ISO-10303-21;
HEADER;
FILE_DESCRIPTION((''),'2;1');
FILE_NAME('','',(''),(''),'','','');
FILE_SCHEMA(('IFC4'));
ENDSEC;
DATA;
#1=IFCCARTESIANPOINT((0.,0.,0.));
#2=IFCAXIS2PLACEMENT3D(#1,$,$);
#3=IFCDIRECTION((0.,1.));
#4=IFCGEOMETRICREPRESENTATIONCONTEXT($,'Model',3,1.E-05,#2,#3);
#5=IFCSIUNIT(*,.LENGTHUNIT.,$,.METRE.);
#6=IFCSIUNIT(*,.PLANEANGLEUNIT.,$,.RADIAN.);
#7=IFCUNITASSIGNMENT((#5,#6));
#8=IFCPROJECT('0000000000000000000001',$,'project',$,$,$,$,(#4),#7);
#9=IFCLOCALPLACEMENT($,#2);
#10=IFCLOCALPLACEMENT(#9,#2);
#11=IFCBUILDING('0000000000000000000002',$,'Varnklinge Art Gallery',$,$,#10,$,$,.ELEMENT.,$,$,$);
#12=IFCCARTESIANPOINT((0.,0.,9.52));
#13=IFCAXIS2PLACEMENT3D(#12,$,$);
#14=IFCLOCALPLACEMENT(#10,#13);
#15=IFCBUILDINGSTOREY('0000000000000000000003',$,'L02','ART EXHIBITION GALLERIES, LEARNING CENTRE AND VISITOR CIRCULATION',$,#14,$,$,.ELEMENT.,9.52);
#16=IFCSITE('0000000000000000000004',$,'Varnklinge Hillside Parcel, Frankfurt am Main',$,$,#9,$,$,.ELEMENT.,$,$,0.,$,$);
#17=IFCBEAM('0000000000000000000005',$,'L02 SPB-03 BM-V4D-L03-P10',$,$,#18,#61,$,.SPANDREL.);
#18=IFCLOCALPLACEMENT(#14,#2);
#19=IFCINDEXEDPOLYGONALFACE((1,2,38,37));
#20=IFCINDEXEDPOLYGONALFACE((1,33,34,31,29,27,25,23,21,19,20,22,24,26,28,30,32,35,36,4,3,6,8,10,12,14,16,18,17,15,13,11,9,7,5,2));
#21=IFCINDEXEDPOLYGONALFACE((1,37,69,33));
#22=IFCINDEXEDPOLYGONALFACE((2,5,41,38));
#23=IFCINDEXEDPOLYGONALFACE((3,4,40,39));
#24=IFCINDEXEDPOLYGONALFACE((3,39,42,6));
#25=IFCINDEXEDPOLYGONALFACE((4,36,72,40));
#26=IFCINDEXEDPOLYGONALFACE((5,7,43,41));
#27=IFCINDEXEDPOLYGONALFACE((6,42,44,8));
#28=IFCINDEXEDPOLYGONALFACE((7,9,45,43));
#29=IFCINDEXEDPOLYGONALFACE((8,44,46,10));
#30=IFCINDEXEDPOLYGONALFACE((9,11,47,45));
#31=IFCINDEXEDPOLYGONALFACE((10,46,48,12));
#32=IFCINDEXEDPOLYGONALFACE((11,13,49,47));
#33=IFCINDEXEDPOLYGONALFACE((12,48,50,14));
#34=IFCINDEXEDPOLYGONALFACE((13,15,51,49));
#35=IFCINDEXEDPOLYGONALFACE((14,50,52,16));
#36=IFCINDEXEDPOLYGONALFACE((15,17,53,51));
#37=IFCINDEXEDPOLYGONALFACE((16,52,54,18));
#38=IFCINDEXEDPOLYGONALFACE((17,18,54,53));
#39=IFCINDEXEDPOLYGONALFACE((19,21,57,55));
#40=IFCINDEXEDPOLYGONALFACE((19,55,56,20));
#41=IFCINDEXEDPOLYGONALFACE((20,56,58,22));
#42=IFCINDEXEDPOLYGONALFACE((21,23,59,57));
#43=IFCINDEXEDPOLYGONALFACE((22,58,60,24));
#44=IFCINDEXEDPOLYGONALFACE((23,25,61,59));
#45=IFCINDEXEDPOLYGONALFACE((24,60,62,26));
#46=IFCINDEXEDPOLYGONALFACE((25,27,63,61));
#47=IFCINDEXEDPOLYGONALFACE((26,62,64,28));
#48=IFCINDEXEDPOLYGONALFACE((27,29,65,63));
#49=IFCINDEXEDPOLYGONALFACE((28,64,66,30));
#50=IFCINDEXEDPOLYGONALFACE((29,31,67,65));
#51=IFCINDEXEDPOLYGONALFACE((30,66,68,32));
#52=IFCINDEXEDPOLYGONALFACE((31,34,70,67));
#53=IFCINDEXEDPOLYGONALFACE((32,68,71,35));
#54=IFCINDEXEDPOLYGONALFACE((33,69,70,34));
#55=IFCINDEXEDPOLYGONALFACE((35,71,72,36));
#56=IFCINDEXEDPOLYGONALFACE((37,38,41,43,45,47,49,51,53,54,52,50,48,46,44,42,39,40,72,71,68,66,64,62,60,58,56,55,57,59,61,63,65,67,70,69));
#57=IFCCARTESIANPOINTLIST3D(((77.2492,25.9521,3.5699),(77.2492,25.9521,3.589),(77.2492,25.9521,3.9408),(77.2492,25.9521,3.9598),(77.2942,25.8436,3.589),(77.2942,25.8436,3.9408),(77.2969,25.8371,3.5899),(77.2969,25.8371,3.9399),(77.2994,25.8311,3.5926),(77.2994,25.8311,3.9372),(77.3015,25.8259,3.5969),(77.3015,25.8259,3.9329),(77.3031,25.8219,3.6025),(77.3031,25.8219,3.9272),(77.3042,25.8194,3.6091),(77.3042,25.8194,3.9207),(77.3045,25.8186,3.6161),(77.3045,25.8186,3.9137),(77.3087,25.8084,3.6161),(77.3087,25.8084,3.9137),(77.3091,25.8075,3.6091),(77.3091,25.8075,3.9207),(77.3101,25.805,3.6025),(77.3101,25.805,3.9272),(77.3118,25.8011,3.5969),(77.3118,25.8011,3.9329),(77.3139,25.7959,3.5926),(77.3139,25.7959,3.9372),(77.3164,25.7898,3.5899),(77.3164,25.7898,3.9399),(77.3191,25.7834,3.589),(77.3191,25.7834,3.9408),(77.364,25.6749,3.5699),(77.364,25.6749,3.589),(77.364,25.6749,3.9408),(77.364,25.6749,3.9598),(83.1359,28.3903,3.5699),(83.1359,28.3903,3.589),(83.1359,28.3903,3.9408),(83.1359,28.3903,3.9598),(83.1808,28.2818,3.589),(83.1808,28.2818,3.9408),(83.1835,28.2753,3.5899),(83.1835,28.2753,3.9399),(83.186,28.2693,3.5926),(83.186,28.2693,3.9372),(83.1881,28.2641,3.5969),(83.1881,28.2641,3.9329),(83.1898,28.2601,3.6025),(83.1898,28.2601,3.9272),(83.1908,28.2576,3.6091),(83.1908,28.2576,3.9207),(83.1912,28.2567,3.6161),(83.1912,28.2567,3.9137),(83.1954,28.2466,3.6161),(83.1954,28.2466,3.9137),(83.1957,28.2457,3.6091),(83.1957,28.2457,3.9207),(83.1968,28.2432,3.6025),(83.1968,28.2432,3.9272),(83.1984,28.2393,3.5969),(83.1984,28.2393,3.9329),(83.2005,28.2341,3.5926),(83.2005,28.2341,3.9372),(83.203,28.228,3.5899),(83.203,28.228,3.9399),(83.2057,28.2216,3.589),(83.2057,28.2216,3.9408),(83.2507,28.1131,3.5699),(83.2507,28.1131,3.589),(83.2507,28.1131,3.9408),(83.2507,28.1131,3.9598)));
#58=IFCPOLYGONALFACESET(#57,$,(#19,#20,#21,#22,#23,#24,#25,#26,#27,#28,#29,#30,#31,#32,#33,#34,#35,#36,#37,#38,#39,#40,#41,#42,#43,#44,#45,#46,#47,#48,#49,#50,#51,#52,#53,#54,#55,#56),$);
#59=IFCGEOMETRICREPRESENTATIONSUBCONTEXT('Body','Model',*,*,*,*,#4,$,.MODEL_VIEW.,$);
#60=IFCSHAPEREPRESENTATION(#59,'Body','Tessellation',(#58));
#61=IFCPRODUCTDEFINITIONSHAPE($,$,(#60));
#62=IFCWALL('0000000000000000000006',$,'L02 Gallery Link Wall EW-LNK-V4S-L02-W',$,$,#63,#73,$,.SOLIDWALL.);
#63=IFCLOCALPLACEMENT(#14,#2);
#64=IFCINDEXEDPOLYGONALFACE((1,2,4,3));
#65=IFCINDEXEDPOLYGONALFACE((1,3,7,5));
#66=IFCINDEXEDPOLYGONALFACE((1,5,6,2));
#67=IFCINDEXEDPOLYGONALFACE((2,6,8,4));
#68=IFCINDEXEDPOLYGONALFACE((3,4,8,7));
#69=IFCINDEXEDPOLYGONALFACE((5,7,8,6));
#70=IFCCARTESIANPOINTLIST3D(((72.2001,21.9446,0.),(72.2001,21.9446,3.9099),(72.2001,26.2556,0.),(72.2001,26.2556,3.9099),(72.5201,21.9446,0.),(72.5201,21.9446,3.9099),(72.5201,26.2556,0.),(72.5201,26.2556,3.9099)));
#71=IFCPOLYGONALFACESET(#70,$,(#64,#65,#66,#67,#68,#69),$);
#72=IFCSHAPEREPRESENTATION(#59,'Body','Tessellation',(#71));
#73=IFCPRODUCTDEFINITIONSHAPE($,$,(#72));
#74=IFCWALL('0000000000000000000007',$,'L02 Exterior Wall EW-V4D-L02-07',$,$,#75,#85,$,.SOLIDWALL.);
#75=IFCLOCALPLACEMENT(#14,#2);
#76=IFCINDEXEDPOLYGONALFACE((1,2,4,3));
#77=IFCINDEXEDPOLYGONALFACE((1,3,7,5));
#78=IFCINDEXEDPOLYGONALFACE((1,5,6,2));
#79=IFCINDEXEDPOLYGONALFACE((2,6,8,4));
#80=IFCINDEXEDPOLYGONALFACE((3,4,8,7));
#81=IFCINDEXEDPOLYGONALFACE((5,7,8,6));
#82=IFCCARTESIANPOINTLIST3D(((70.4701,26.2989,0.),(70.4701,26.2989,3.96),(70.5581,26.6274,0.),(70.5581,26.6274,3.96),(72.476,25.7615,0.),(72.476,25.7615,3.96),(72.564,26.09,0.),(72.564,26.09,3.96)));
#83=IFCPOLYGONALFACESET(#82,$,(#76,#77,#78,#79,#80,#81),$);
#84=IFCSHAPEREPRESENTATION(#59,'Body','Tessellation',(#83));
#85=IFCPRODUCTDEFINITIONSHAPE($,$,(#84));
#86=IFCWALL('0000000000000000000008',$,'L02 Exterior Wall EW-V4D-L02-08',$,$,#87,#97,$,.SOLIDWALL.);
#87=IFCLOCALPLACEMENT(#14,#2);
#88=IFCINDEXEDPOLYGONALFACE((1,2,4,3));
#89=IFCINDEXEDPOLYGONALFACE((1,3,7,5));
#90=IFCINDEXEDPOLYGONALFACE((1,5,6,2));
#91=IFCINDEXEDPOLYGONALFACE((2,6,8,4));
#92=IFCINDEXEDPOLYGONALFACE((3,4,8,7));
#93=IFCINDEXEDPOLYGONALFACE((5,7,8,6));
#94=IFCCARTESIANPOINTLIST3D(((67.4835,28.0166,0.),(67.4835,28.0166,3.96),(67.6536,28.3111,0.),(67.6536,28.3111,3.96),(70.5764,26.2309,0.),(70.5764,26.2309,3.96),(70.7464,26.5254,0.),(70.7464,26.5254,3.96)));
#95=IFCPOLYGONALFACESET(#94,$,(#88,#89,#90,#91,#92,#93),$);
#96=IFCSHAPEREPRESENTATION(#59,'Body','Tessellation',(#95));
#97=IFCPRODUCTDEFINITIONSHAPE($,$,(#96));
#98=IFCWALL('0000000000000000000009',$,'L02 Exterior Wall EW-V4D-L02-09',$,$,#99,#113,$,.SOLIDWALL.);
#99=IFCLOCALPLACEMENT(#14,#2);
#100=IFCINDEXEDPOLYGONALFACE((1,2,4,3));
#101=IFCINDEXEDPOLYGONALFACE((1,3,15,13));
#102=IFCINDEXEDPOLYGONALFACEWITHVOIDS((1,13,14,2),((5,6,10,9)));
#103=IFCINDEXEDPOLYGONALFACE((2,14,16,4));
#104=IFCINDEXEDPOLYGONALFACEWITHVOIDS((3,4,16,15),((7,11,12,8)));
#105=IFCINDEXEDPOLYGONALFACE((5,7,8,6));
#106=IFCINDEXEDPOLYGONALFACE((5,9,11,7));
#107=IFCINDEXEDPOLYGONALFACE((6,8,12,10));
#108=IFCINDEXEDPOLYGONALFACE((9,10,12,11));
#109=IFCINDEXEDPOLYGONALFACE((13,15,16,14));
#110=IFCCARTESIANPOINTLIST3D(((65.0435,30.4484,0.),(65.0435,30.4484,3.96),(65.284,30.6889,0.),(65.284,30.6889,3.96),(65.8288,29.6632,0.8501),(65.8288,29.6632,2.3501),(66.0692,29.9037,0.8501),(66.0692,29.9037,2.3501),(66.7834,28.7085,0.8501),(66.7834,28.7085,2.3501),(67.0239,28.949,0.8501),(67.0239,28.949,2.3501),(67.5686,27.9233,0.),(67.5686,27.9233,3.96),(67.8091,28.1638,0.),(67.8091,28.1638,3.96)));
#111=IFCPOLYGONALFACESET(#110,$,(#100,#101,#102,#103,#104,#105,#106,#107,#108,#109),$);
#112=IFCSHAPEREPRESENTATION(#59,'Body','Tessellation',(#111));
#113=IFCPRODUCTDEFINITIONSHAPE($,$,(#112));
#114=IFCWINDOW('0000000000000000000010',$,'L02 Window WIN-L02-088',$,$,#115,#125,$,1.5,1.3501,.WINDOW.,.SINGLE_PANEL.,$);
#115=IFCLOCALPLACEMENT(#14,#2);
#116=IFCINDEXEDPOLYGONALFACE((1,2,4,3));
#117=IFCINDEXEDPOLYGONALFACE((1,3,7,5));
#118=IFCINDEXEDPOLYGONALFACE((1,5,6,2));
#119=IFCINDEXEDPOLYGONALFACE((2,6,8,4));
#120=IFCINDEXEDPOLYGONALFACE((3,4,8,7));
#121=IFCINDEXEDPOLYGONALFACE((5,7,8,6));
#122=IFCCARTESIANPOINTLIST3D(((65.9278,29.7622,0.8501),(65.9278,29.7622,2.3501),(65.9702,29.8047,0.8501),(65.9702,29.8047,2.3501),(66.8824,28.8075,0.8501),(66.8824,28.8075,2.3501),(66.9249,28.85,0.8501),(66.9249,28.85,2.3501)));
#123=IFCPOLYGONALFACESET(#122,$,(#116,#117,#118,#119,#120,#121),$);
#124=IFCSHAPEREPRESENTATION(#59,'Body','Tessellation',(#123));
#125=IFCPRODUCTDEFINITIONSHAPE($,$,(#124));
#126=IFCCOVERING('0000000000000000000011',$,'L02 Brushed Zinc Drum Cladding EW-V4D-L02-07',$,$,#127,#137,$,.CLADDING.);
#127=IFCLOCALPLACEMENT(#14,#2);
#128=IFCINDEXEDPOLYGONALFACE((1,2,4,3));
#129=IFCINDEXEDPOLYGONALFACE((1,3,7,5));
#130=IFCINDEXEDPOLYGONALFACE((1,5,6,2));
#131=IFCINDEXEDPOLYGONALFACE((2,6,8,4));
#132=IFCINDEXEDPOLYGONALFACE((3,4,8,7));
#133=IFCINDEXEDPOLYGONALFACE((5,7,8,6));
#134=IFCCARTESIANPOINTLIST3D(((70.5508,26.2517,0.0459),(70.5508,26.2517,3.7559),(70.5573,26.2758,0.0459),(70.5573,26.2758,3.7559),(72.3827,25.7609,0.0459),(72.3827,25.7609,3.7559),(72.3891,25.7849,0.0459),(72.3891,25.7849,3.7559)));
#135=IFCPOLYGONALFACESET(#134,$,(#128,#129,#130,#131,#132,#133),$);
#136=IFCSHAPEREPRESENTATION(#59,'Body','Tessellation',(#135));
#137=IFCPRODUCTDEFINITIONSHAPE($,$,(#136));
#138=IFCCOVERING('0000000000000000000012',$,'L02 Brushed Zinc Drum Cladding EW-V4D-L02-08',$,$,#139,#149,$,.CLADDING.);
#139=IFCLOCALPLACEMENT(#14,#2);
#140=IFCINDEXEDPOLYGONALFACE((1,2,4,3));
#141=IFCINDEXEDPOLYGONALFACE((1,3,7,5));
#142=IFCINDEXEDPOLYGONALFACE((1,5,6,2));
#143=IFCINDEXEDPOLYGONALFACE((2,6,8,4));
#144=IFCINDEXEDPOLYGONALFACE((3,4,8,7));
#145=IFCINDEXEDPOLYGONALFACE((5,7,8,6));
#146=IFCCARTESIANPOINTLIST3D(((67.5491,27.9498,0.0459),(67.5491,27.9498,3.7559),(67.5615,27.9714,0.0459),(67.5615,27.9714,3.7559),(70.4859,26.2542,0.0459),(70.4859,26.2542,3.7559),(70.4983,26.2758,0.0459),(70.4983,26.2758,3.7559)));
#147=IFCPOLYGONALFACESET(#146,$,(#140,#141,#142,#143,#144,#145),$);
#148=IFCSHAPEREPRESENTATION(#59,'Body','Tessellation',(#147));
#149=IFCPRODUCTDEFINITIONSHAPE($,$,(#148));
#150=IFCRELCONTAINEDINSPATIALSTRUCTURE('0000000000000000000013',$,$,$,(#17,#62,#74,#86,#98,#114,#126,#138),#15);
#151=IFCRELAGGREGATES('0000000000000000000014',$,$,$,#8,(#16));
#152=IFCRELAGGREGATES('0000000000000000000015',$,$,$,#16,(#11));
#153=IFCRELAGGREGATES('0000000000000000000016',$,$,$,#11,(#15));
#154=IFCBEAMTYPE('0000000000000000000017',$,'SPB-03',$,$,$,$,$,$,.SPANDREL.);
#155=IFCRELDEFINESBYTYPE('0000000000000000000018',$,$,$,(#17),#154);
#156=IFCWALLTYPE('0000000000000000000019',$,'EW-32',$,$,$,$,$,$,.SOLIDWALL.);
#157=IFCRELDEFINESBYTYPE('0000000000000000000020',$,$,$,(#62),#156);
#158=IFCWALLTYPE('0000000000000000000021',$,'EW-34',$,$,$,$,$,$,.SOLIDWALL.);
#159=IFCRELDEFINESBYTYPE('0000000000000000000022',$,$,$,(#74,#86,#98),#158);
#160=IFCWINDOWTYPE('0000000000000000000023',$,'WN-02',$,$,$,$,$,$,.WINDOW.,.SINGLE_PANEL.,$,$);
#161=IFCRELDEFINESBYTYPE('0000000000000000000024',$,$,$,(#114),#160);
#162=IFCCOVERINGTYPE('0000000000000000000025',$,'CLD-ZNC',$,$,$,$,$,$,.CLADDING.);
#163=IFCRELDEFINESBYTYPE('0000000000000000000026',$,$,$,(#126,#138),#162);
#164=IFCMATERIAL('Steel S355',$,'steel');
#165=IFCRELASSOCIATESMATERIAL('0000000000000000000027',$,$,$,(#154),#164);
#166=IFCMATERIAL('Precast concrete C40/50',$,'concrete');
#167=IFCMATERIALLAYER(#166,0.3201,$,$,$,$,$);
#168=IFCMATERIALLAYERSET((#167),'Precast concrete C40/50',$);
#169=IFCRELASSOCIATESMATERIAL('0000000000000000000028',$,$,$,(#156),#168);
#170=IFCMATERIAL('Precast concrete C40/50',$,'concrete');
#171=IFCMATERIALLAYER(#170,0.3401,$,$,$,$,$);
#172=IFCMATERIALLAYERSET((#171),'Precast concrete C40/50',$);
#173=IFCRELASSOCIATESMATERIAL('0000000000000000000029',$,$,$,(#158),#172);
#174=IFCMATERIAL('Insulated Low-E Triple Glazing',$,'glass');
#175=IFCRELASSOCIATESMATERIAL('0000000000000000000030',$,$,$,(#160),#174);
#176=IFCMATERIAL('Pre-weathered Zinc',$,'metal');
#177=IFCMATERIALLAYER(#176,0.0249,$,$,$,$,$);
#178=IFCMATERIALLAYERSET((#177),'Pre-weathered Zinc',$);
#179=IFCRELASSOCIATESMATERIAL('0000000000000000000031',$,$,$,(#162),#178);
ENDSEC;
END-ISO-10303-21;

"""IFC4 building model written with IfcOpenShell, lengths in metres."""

from ifc_helpers import new_model, si_unit, direction, frame, frame_2d, origin, origin_2d, place, context, subcontext, project, spatial, rectangle, i_section, extrude, material, layer, layer_set, material_profile, profile_set, type_object, element, fill, save


model = new_model("IFC4")

# Units and contexts
model_context = context("Model", 3, precision=1e-05, world=origin(), true_north=direction((0.0, 1.0)))
body_context = subcontext(model_context, "Body", "Model", "MODEL_VIEW")
ifc_project = project(units=[si_unit("LENGTHUNIT", "METRE"), si_unit("PLANEANGLEUNIT", "RADIAN")], contexts=[model_context])

# Site, building, storey
site_placement = place(None, origin())
site = spatial("IfcSite", under=ifc_project, at=site_placement, Name="Varnklinge Hillside Parcel, Frankfurt am Main", CompositionType="ELEMENT", RefElevation=0.0)
building_placement = place(site_placement, origin())
building = spatial("IfcBuilding", under=site, at=building_placement, Name="Varnklinge Art Gallery", CompositionType="ELEMENT")
storey_placement = place(building_placement, frame((0.0, 0.0, 9.52)))
storey = spatial("IfcBuildingStorey", under=building, at=storey_placement, Name="L02", Description="ART EXHIBITION GALLERIES, LEARNING CENTRE AND VISITOR CIRCULATION", CompositionType="ELEMENT", Elevation=9.52)

# Beam
ifc_material_1 = material(Name="Steel S355", Category="steel")
ifc_material_profile_1 = material_profile(ifc_material_1, i_section(OverallWidth=0.3, OverallDepth=0.3899, WebThickness=0.011, FlangeThickness=0.019, FilletRadius=0.0271, at=origin_2d()), Name="HEA 400")
ifc_profile_set_1 = profile_set([ifc_material_profile_1], Name="Steel S355")
beam_type_1 = type_object("IfcBeamType", Name="SPB-03", PredefinedType="SPANDREL", material=ifc_profile_set_1)
beam_1_placement = place(storey_placement, frame((77.3066, 25.8135, 3.7649), z_axis=(0.923887, 0.382667, 0.0), x_axis=(-0.382667, 0.923887, 0.0)))
element("IfcBeam", 1, at=beam_1_placement, inside=storey, type_object=beam_type_1, Name="L02 SPB-03 BM-V4D-L03-P10", PredefinedType="SPANDREL", context=body_context, shape_type="SweptSolid", body=[
    extrude(i_section(OverallWidth=0.3, OverallDepth=0.3899, WebThickness=0.011, FlangeThickness=0.019, FilletRadius=0.0271, at=origin_2d()), origin(), (0.0, 0.0, 1.0), 6.3716),
])

# Walls
ifc_material_2 = material(Name="Precast concrete C40/50", Category="concrete")
ifc_layer_1 = layer(ifc_material_2, 0.3201)
ifc_layer_set_1 = layer_set([ifc_layer_1], Name="Precast concrete C40/50")
wall_type_1 = type_object("IfcWallType", Name="EW-32", PredefinedType="SOLIDWALL", material=ifc_layer_set_1)
wall_1_placement = place(storey_placement, frame((72.3601, 21.9446, 0.0), z_axis=(0.0, 0.0, 1.0), x_axis=(0.0, 1.0, 0.0)))
element("IfcWall", 2, at=wall_1_placement, inside=storey, type_object=wall_type_1, Name="L02 Gallery Link Wall EW-LNK-V4S-L02-W", PredefinedType="SOLIDWALL", context=body_context, shape_type="SweptSolid", body=[
    extrude(rectangle(XDim=4.311, YDim=0.3201, at=frame_2d((2.1555, 0.0))), origin(), (0.0, 0.0, 1.0), 3.9099),
])
ifc_material_3 = material(Name="Precast concrete C40/50", Category="concrete")
ifc_layer_2 = layer(ifc_material_3, 0.3401)
ifc_layer_set_2 = layer_set([ifc_layer_2], Name="Precast concrete C40/50")
wall_type_2 = type_object("IfcWallType", Name="EW-34", PredefinedType="SOLIDWALL", material=ifc_layer_set_2)
wall_2_placement = place(storey_placement, frame((72.52, 25.9258, 0.0), z_axis=(0.0, 0.0, 1.0), x_axis=(-0.96594, 0.258767, 0.0)))
element("IfcWall", 3, at=wall_2_placement, inside=storey, type_object=wall_type_2, Name="L02 Exterior Wall EW-V4D-L02-07", PredefinedType="SOLIDWALL", context=body_context, shape_type="SweptSolid", body=[
    extrude(rectangle(XDim=2.0767, YDim=0.3401, at=frame_2d((1.0383, 0.0))), origin(), (0.0, 0.0, 1.0), 3.96),
])
wall_3_placement = place(storey_placement, frame((70.6614, 26.3782, 0.0), z_axis=(0.0, 0.0, 1.0), x_axis=(-0.866022, 0.500007, 0.0)))
element("IfcWall", 4, at=wall_3_placement, inside=storey, type_object=wall_type_2, Name="L02 Exterior Wall EW-V4D-L02-08", PredefinedType="SOLIDWALL", context=body_context, shape_type="SweptSolid", body=[
    extrude(rectangle(XDim=3.5713, YDim=0.3401, at=frame_2d((1.7856, 0.0))), origin(), (0.0, 0.0, 1.0), 3.96),
])

# Wall, opening, window
wall_4_placement = place(storey_placement, frame((67.689, 28.0435, 0.0), z_axis=(0.0, 0.0, 1.0), x_axis=(-0.707107, 0.707107, 0.0)))
wall_4 = element("IfcWall", 5, at=wall_4_placement, inside=storey, type_object=wall_type_2, Name="L02 Exterior Wall EW-V4D-L02-09", PredefinedType="SOLIDWALL", context=body_context, shape_type="SweptSolid", body=[
    extrude(rectangle(XDim=3.571, YDim=0.3401, at=frame_2d((1.7856, 0.0))), origin(), (0.0, 0.0, 1.0), 3.96),
])
opening_placement = place(wall_4_placement, frame((1.1106, 0.0, 0.8501)))
opening = element("IfcOpeningElement", 6, at=opening_placement, cuts=wall_4, PredefinedType="OPENING", context=body_context, shape_type="SweptSolid", body=[
    extrude(rectangle(XDim=1.3501, YDim=1.5, at=frame_2d((0.675, 0.75))), frame((0.0, 0.1799, 0.0), z_axis=(0.0, -1.0, 0.0), x_axis=(1.0, 0.0, 0.0)), (0.0, 0.0, 1.0), 0.3601),
])
ifc_material_4 = material(Name="Insulated Low-E Triple Glazing", Category="glass")
window_type = type_object("IfcWindowType", Name="WN-02", PartitioningType="SINGLE_PANEL", PredefinedType="WINDOW", material=ifc_material_4)
window_placement = place(opening_placement, origin())
window = element("IfcWindow", 7, at=window_placement, inside=storey, type_object=window_type, Name="L02 Window WIN-L02-088", OverallHeight=1.5, OverallWidth=1.3501, PartitioningType="SINGLE_PANEL", PredefinedType="WINDOW", context=body_context, shape_type="SweptSolid", body=[
    extrude(rectangle(XDim=1.3501, YDim=1.5, at=frame_2d((0.675, 0.75))), frame((0.0, 0.03, 0.0), z_axis=(0.0, -1.0, 0.0), x_axis=(1.0, 0.0, 0.0)), (0.0, 0.0, 1.0), 0.0601),
])
fill(opening, window)

# Coverings
ifc_material_5 = material(Name="Pre-weathered Zinc", Category="metal")
ifc_layer_3 = layer(ifc_material_5, 0.0249)
ifc_layer_set_3 = layer_set([ifc_layer_3], Name="Pre-weathered Zinc")
covering_type = type_object("IfcCoveringType", Name="CLD-ZNC", PredefinedType="CLADDING", material=ifc_layer_set_3)
covering_1_placement = place(storey_placement, frame((71.47, 26.0183, 0.0459), z_axis=(0.0, 0.0, 1.0), x_axis=(-0.965926, 0.258819, 0.0)))
element("IfcCovering", 8, at=covering_1_placement, inside=storey, type_object=covering_type, Name="L02 Brushed Zinc Drum Cladding EW-V4D-L02-07", PredefinedType="CLADDING", context=body_context, shape_type="SweptSolid", body=[
    extrude(rectangle(XDim=1.8965, YDim=0.0249, at=origin_2d()), origin(), (0.0, 0.0, 1.0), 3.71),
])
covering_2_placement = place(storey_placement, frame((69.0237, 27.1128, 0.0459), z_axis=(0.0, 0.0, 1.0), x_axis=(-0.866025, 0.5, 0.0)))
element("IfcCovering", 9, at=covering_2_placement, inside=storey, type_object=covering_type, Name="L02 Brushed Zinc Drum Cladding EW-V4D-L02-08", PredefinedType="CLADDING", context=body_context, shape_type="SweptSolid", body=[
    extrude(rectangle(XDim=3.3911, YDim=0.0249, at=origin_2d()), origin(), (0.0, 0.0, 1.0), 3.71),
])

save(model, "model.ifc")
